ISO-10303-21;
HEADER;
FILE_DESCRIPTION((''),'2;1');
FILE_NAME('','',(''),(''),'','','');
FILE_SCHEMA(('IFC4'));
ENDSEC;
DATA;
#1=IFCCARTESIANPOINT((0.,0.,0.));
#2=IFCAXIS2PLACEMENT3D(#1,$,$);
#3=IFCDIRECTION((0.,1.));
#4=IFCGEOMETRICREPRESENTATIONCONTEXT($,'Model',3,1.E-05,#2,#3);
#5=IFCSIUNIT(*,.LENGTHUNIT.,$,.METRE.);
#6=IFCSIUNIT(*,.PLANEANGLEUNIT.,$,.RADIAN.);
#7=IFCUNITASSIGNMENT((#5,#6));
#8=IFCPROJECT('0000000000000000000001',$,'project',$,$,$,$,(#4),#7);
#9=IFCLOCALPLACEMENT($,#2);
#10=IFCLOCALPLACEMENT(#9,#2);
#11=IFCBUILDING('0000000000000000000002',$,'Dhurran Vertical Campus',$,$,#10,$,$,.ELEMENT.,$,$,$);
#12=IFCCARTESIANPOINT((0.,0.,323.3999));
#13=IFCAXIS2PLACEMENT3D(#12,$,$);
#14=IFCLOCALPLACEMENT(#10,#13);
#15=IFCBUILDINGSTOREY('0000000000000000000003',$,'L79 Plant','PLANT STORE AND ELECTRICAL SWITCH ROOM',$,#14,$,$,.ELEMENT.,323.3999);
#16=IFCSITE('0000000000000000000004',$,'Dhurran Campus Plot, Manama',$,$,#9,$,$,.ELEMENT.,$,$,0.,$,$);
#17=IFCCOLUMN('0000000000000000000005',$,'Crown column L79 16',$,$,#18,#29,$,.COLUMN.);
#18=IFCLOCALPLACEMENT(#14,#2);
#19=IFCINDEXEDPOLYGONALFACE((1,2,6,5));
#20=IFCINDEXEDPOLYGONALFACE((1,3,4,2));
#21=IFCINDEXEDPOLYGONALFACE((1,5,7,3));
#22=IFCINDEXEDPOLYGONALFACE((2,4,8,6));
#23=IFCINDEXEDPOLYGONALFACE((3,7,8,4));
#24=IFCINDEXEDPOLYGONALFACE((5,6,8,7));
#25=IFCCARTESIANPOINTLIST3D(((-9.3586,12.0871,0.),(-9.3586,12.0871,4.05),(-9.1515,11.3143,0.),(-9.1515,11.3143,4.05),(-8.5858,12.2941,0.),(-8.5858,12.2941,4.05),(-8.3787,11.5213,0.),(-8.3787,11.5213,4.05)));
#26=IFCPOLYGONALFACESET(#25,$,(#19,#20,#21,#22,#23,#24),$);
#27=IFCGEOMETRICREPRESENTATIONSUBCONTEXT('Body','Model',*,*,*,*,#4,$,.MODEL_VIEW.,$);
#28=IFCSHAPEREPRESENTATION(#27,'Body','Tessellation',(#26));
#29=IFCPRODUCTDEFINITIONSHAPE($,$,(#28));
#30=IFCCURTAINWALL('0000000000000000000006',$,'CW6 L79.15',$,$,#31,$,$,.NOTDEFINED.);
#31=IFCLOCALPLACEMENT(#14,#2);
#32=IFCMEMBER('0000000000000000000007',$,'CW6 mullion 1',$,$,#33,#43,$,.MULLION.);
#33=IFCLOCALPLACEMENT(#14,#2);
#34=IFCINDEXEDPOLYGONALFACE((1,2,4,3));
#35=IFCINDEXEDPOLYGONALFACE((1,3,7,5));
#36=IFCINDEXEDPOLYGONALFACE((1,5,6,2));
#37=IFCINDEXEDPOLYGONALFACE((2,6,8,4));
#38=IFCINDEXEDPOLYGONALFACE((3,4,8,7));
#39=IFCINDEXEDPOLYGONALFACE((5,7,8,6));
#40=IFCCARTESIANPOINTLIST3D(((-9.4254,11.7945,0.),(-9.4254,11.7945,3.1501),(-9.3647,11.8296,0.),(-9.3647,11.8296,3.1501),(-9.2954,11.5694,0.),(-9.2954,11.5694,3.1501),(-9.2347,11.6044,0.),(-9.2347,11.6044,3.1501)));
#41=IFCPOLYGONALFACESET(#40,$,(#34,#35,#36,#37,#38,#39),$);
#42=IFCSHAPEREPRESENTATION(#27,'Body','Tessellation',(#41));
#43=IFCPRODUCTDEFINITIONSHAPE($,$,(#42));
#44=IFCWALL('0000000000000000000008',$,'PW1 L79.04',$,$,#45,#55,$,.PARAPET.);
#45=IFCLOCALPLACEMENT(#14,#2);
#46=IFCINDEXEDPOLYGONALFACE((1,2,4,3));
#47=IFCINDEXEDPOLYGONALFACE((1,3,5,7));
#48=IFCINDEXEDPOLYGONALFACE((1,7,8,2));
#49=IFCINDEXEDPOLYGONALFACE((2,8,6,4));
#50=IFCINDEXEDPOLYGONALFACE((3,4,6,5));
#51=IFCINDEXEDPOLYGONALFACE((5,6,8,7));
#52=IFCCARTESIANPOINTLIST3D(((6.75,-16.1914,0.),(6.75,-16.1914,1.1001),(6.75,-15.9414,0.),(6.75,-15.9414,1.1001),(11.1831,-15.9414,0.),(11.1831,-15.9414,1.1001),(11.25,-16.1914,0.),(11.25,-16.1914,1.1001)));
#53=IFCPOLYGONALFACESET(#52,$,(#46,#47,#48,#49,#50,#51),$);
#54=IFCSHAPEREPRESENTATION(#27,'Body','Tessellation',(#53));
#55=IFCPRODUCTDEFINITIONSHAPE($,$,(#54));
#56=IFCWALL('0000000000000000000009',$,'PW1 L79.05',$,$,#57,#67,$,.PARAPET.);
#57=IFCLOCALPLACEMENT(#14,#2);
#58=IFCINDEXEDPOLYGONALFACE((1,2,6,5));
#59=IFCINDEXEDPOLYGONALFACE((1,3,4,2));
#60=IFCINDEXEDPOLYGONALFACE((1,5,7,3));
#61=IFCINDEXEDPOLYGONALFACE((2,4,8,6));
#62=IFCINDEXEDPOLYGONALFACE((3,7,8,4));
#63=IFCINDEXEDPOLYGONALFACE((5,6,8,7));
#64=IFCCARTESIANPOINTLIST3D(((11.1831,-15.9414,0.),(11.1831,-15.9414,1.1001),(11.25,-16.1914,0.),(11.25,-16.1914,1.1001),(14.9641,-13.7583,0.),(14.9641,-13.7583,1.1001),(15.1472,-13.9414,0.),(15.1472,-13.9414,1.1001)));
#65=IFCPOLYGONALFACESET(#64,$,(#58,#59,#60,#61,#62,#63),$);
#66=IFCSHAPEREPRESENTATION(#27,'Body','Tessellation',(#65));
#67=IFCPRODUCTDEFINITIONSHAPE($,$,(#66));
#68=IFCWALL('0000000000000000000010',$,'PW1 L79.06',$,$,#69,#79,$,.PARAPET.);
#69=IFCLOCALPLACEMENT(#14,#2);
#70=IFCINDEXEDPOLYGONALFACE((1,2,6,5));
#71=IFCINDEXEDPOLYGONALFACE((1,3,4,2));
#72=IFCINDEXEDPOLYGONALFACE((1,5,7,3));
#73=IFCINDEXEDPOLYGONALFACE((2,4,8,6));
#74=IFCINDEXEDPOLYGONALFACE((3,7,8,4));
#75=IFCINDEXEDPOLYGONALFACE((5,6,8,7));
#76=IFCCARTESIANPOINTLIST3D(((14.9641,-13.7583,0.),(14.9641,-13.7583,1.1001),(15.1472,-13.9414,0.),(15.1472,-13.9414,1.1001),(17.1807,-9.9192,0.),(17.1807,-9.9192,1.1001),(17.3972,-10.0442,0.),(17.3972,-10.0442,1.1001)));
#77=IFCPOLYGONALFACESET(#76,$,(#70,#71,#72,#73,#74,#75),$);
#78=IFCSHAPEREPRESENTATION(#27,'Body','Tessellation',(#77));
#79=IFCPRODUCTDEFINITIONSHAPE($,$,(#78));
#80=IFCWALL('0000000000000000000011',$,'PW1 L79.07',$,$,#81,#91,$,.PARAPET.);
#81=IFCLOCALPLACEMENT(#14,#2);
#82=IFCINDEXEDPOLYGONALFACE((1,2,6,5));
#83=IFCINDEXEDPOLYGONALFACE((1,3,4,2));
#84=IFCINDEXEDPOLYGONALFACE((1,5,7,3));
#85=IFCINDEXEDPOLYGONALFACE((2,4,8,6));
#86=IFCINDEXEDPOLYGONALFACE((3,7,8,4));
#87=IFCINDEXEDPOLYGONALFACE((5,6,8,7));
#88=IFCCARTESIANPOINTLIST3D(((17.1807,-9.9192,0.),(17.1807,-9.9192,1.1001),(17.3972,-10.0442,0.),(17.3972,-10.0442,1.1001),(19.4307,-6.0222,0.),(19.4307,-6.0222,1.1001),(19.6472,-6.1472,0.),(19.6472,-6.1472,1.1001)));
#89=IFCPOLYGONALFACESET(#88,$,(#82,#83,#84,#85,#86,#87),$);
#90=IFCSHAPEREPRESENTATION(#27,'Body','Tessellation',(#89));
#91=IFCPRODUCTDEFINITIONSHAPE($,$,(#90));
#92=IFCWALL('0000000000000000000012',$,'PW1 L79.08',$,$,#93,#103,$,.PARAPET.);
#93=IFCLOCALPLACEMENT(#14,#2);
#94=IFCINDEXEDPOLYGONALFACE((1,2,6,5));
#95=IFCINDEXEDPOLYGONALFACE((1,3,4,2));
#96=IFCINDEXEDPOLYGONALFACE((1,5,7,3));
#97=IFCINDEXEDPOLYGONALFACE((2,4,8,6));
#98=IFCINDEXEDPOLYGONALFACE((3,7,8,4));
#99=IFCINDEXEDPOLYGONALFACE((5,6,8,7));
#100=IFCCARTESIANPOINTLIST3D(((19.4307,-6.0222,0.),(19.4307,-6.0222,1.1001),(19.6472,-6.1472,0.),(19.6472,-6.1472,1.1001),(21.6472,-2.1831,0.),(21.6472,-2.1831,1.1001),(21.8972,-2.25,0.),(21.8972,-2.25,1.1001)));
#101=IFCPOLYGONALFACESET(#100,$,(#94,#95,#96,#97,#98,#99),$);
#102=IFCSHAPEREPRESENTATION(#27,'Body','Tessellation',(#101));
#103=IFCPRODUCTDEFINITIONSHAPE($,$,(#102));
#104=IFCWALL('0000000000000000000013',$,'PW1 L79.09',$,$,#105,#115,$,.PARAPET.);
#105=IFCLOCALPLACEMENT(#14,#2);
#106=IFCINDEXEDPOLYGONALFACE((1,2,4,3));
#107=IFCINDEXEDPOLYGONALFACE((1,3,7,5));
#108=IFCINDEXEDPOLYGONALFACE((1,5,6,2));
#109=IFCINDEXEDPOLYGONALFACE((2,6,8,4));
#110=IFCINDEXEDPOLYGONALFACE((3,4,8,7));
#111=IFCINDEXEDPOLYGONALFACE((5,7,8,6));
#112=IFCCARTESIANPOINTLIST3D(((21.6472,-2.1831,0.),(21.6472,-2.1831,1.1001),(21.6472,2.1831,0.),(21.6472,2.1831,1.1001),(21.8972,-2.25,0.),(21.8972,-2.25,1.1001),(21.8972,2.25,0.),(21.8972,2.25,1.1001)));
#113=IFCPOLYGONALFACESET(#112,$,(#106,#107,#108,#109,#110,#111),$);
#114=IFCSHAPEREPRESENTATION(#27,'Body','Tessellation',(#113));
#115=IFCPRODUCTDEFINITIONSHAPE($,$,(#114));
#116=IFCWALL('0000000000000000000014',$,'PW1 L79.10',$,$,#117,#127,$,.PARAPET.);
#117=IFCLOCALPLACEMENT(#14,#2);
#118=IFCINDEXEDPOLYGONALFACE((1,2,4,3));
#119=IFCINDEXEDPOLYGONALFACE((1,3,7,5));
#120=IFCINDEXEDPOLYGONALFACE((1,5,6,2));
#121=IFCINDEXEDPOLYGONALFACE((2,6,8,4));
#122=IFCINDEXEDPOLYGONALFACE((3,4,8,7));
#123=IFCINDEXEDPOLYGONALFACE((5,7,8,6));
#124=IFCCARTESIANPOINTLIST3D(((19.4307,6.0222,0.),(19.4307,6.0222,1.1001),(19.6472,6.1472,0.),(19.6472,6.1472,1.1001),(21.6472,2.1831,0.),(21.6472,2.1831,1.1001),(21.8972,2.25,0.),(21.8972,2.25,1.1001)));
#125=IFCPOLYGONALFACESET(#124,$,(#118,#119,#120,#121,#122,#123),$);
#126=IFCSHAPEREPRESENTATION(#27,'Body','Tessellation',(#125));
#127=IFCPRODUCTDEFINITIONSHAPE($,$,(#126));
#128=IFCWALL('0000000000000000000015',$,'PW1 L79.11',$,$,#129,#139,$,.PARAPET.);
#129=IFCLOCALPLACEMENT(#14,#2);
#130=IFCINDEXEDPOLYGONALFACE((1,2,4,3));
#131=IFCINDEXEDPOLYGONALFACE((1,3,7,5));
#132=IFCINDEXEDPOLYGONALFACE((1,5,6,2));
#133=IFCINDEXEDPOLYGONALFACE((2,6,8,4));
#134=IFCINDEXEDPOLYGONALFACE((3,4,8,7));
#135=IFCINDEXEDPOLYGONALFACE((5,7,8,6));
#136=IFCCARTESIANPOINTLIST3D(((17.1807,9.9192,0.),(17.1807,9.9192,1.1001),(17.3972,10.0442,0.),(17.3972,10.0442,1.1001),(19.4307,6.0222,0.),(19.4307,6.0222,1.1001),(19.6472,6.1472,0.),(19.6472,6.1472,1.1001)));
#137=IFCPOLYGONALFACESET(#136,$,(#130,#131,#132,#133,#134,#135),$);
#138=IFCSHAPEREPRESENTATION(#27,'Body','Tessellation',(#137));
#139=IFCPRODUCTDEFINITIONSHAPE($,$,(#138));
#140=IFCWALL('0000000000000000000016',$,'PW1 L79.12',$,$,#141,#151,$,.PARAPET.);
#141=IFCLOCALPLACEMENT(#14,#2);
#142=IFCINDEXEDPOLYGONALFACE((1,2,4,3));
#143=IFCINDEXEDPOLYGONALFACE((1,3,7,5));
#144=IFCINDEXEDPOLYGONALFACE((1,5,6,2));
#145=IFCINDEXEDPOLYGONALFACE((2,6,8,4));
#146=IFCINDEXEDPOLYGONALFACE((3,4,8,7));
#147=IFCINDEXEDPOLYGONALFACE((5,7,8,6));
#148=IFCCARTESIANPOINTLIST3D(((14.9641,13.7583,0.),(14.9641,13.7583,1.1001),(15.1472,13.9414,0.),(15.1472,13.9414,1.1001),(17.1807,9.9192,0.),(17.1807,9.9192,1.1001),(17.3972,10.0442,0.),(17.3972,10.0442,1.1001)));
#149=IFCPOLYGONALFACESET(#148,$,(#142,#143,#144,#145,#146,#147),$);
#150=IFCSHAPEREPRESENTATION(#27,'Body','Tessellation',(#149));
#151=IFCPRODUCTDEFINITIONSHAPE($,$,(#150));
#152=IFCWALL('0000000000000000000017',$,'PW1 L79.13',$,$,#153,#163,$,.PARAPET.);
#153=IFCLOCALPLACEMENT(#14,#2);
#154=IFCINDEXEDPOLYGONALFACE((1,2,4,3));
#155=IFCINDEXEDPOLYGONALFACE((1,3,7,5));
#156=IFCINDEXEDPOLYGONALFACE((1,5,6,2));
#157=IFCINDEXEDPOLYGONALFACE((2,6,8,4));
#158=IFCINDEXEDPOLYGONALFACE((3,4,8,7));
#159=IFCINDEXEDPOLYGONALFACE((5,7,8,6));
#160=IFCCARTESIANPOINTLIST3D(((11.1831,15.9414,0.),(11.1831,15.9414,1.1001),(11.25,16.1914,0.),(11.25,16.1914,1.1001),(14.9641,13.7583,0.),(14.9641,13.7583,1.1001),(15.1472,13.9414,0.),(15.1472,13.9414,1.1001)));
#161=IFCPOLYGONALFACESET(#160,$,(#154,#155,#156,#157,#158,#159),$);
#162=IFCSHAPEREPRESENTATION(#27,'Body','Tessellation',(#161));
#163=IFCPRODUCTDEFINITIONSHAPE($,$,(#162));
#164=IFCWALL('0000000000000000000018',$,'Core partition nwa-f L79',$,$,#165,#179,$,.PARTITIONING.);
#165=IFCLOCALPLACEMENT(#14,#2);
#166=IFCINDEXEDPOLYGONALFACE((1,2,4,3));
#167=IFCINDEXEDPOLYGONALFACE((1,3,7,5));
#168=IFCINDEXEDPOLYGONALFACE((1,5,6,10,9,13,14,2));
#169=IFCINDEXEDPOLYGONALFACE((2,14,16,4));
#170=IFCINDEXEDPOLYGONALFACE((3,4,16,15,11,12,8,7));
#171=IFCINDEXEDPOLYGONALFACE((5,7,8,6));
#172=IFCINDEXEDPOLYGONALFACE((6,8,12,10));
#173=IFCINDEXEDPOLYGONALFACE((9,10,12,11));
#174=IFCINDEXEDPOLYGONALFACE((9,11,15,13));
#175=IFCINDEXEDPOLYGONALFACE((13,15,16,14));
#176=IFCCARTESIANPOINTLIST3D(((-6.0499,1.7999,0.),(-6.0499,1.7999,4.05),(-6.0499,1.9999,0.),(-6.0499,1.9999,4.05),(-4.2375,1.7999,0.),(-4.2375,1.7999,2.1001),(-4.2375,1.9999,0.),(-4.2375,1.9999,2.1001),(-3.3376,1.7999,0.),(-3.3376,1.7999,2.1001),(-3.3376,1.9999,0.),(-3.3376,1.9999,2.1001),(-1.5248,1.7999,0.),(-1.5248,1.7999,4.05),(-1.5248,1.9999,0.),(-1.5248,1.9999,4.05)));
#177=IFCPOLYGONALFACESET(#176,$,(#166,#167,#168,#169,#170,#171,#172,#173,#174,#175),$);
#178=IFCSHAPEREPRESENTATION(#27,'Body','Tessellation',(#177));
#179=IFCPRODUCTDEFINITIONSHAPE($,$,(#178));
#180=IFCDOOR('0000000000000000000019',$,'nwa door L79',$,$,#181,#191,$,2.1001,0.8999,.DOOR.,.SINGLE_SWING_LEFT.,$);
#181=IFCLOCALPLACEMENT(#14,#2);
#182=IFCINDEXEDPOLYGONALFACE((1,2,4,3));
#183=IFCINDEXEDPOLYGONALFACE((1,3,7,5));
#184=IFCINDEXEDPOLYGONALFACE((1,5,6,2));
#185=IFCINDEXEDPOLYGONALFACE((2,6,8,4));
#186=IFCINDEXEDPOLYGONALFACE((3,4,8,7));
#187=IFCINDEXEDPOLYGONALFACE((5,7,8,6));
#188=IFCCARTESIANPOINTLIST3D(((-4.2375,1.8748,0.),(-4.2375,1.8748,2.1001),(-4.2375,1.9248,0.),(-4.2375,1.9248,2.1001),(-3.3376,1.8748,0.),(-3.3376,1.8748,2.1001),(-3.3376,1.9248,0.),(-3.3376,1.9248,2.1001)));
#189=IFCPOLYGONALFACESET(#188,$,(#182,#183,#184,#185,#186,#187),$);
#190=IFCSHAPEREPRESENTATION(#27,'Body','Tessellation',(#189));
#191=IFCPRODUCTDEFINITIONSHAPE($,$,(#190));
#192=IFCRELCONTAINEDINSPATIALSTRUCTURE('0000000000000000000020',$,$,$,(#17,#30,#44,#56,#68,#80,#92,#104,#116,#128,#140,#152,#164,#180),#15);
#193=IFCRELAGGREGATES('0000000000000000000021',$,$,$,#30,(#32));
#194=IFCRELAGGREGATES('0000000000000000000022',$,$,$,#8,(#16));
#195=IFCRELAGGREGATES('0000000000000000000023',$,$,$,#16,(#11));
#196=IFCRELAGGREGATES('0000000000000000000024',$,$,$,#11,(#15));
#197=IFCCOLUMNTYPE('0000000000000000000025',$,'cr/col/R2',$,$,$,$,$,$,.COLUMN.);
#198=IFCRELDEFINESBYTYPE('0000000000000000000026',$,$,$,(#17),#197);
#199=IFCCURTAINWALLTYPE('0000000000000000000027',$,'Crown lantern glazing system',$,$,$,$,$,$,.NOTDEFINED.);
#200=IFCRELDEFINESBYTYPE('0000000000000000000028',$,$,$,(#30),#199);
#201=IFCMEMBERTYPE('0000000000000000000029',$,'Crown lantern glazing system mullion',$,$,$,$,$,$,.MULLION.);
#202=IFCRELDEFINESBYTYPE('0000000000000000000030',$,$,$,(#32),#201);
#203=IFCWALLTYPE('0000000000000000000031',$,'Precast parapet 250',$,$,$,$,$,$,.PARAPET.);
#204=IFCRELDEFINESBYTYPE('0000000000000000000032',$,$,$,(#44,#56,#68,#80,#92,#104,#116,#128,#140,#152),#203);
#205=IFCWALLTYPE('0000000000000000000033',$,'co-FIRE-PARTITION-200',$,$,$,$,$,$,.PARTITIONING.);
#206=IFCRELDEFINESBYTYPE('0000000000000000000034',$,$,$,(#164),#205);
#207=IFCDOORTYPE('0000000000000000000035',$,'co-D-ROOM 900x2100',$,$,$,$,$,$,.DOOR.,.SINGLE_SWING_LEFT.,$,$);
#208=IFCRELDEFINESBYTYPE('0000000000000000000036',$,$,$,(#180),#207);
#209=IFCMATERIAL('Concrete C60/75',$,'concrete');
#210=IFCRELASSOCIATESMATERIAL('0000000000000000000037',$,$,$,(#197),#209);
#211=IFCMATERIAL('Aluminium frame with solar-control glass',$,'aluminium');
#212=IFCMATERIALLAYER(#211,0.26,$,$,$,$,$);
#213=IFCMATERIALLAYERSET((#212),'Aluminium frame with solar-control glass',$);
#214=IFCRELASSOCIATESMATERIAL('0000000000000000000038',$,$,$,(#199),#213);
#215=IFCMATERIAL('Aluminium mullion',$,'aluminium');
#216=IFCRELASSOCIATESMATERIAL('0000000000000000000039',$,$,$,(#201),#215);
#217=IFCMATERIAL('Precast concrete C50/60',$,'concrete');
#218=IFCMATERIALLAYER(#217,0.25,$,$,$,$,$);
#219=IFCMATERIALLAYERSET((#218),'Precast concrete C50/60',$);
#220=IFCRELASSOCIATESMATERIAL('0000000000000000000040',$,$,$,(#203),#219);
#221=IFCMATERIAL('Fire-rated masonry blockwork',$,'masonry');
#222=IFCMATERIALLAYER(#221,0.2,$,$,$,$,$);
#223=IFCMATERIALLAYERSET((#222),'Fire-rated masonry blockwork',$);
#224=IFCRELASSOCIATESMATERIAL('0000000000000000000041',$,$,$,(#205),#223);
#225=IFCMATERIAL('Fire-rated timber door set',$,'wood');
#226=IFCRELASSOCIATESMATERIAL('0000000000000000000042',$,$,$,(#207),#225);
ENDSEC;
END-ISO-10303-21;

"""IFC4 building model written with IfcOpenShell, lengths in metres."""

from ifc_helpers import new_model, si_unit, direction, frame, frame_2d, origin, origin_2d, place, context, subcontext, project, spatial, polyline, rectangle, outline, extrude, material, layer, layer_set, material_profile, profile_set, type_object, element, fill, aggregate, save


model = new_model("IFC4")

# Units and contexts
model_context = context("Model", 3, precision=1e-05, world=origin(), true_north=direction((0.0, 1.0)))
body_context = subcontext(model_context, "Body", "Model", "MODEL_VIEW")
ifc_project = project(units=[si_unit("LENGTHUNIT", "METRE"), si_unit("PLANEANGLEUNIT", "RADIAN")], contexts=[model_context])

# Site, building, storey
site_placement = place(None, origin())
site = spatial("IfcSite", under=ifc_project, at=site_placement, Name="Dhurran Campus Plot, Manama", CompositionType="ELEMENT", RefElevation=0.0)
building_placement = place(site_placement, origin())
building = spatial("IfcBuilding", under=site, at=building_placement, Name="Dhurran Vertical Campus", CompositionType="ELEMENT")
storey_placement = place(building_placement, frame((0.0, 0.0, 323.3999)))
storey = spatial("IfcBuildingStorey", under=building, at=storey_placement, Name="L79 Plant", Description="PLANT STORE AND ELECTRICAL SWITCH ROOM", CompositionType="ELEMENT", Elevation=323.3999)

# Column
ifc_material_1 = material(Name="Concrete C60/75", Category="concrete")
ifc_material_profile_1 = material_profile(ifc_material_1, rectangle(XDim=0.8, YDim=0.8, at=origin_2d()), Name="cr/col/R2")
ifc_profile_set_1 = profile_set([ifc_material_profile_1], Name="Concrete C60/75")
column_type = type_object("IfcColumnType", Name="cr/col/R2", PredefinedType="COLUMN", material=ifc_profile_set_1)
column_placement = place(storey_placement, frame((-8.8687, 11.8042, 0.0), z_axis=(0.0, 0.0, 1.0), x_axis=(-0.965926, -0.258819, 0.0)))
element("IfcColumn", 1, at=column_placement, inside=storey, type_object=column_type, Name="Crown column L79 16", PredefinedType="COLUMN", context=body_context, shape_type="SweptSolid", body=[
    extrude(rectangle(XDim=0.8, YDim=0.8, at=origin_2d()), origin(), (0.0, 0.0, 1.0), 4.05),
])

# Curtain wall, member
ifc_material_2 = material(Name="Aluminium frame with solar-control glass", Category="aluminium")
ifc_layer_1 = layer(ifc_material_2, 0.26)
ifc_layer_set_1 = layer_set([ifc_layer_1], Name="Aluminium frame with solar-control glass")
curtain_wall_type = type_object("IfcCurtainWallType", Name="Crown lantern glazing system", PredefinedType="NOTDEFINED", material=ifc_layer_set_1)
curtain_wall_placement = place(storey_placement, origin())
curtain_wall = element("IfcCurtainWall", 2, at=curtain_wall_placement, inside=storey, type_object=curtain_wall_type, Name="CW6 L79.15", PredefinedType="NOTDEFINED")
ifc_material_3 = material(Name="Aluminium mullion", Category="aluminium")
ifc_material_profile_2 = material_profile(ifc_material_3, rectangle(XDim=0.26, YDim=0.0701, at=origin_2d()), Name="Crown lantern glazing system mullion")
ifc_profile_set_2 = profile_set([ifc_material_profile_2], Name="Aluminium mullion")
member_type = type_object("IfcMemberType", Name="Crown lantern glazing system mullion", PredefinedType="MULLION", material=ifc_profile_set_2)
member_placement = place(storey_placement, frame((-9.3301, 11.6995, 0.0), z_axis=(0.0, 0.0, 1.0), x_axis=(0.499991, -0.86603, 0.0)))
member = element("IfcMember", 3, at=member_placement, type_object=member_type, Name="CW6 mullion 1", PredefinedType="MULLION", context=body_context, shape_type="SweptSolid", body=[
    extrude(rectangle(XDim=0.26, YDim=0.0701, at=origin_2d()), origin(), (0.0, 0.0, 1.0), 3.1501),
])
aggregate(curtain_wall, [member])

# Walls
ifc_material_4 = material(Name="Precast concrete C50/60", Category="concrete")
ifc_layer_2 = layer(ifc_material_4, 0.25)
ifc_layer_set_2 = layer_set([ifc_layer_2], Name="Precast concrete C50/60")
wall_type_1 = type_object("IfcWallType", Name="Precast parapet 250", PredefinedType="PARAPET", material=ifc_layer_set_2)
wall_1_placement = place(storey_placement, origin())
element("IfcWall", 4, at=wall_1_placement, inside=storey, type_object=wall_type_1, Name="PW1 L79.04", PredefinedType="PARAPET", context=body_context, shape_type="SweptSolid", body=[
    extrude(outline(polyline([(6.75, -16.1914), (11.25, -16.1914), (11.1831, -15.9414), (6.75, -15.9414), (6.75, -16.1914)])), origin(), (0.0, 0.0, 1.0), 1.1001),
])
wall_2_placement = place(storey_placement, origin())
element("IfcWall", 5, at=wall_2_placement, inside=storey, type_object=wall_type_1, Name="PW1 L79.05", PredefinedType="PARAPET", context=body_context, shape_type="SweptSolid", body=[
    extrude(outline(polyline([(11.25, -16.1914), (15.1472, -13.9414), (14.9641, -13.7583), (11.1831, -15.9414), (11.25, -16.1914)])), origin(), (0.0, 0.0, 1.0), 1.1001),
])
wall_3_placement = place(storey_placement, origin())
element("IfcWall", 6, at=wall_3_placement, inside=storey, type_object=wall_type_1, Name="PW1 L79.06", PredefinedType="PARAPET", context=body_context, shape_type="SweptSolid", body=[
    extrude(outline(polyline([(15.1472, -13.9414), (17.3972, -10.0442), (17.1807, -9.9192), (14.9641, -13.7583), (15.1472, -13.9414)])), origin(), (0.0, 0.0, 1.0), 1.1001),
])
wall_4_placement = place(storey_placement, origin())
element("IfcWall", 7, at=wall_4_placement, inside=storey, type_object=wall_type_1, Name="PW1 L79.07", PredefinedType="PARAPET", context=body_context, shape_type="SweptSolid", body=[
    extrude(outline(polyline([(17.3972, -10.0442), (19.6472, -6.1472), (19.4307, -6.0222), (17.1807, -9.9192), (17.3972, -10.0442)])), origin(), (0.0, 0.0, 1.0), 1.1001),
])
wall_5_placement = place(storey_placement, origin())
element("IfcWall", 8, at=wall_5_placement, inside=storey, type_object=wall_type_1, Name="PW1 L79.08", PredefinedType="PARAPET", context=body_context, shape_type="SweptSolid", body=[
    extrude(outline(polyline([(19.6472, -6.1472), (21.8972, -2.25), (21.6472, -2.1831), (19.4307, -6.0222), (19.6472, -6.1472)])), origin(), (0.0, 0.0, 1.0), 1.1001),
])
wall_6_placement = place(storey_placement, origin())
element("IfcWall", 9, at=wall_6_placement, inside=storey, type_object=wall_type_1, Name="PW1 L79.09", PredefinedType="PARAPET", context=body_context, shape_type="SweptSolid", body=[
    extrude(outline(polyline([(21.8972, -2.25), (21.8972, 2.25), (21.6472, 2.1831), (21.6472, -2.1831), (21.8972, -2.25)])), origin(), (0.0, 0.0, 1.0), 1.1001),
])
wall_7_placement = place(storey_placement, origin())
element("IfcWall", 10, at=wall_7_placement, inside=storey, type_object=wall_type_1, Name="PW1 L79.10", PredefinedType="PARAPET", context=body_context, shape_type="SweptSolid", body=[
    extrude(outline(polyline([(21.8972, 2.25), (19.6472, 6.1472), (19.4307, 6.0222), (21.6472, 2.1831), (21.8972, 2.25)])), origin(), (0.0, 0.0, 1.0), 1.1001),
])
wall_8_placement = place(storey_placement, origin())
element("IfcWall", 11, at=wall_8_placement, inside=storey, type_object=wall_type_1, Name="PW1 L79.11", PredefinedType="PARAPET", context=body_context, shape_type="SweptSolid", body=[
    extrude(outline(polyline([(19.6472, 6.1472), (17.3972, 10.0442), (17.1807, 9.9192), (19.4307, 6.0222), (19.6472, 6.1472)])), origin(), (0.0, 0.0, 1.0), 1.1001),
])
wall_9_placement = place(storey_placement, origin())
element("IfcWall", 12, at=wall_9_placement, inside=storey, type_object=wall_type_1, Name="PW1 L79.12", PredefinedType="PARAPET", context=body_context, shape_type="SweptSolid", body=[
    extrude(outline(polyline([(17.3972, 10.0442), (15.1472, 13.9414), (14.9641, 13.7583), (17.1807, 9.9192), (17.3972, 10.0442)])), origin(), (0.0, 0.0, 1.0), 1.1001),
])
wall_10_placement = place(storey_placement, origin())
element("IfcWall", 13, at=wall_10_placement, inside=storey, type_object=wall_type_1, Name="PW1 L79.13", PredefinedType="PARAPET", context=body_context, shape_type="SweptSolid", body=[
    extrude(outline(polyline([(15.1472, 13.9414), (11.25, 16.1914), (11.1831, 15.9414), (14.9641, 13.7583), (15.1472, 13.9414)])), origin(), (0.0, 0.0, 1.0), 1.1001),
])

# Wall, opening, door
ifc_material_5 = material(Name="Fire-rated masonry blockwork", Category="masonry")
ifc_layer_3 = layer(ifc_material_5, 0.2)
ifc_layer_set_3 = layer_set([ifc_layer_3], Name="Fire-rated masonry blockwork")
wall_type_2 = type_object("IfcWallType", Name="co-FIRE-PARTITION-200", PredefinedType="PARTITIONING", material=ifc_layer_set_3)
wall_11_placement = place(storey_placement, frame((-6.05, 1.8999, 0.0), z_axis=(0.0, 0.0, 1.0), x_axis=(1.0, 0.0, 0.0)))
wall_11 = element("IfcWall", 14, at=wall_11_placement, inside=storey, type_object=wall_type_2, Name="Core partition nwa-f L79", PredefinedType="PARTITIONING", context=body_context, shape_type="SweptSolid", body=[
    extrude(rectangle(XDim=4.5251, YDim=0.2, at=frame_2d((2.2627, 0.0))), origin(), (0.0, 0.0, 1.0), 4.05),
])
opening_1_placement = place(wall_11_placement, frame((1.8125, 0.0, 0.0)))
opening_1 = element("IfcOpeningElement", 15, at=opening_1_placement, cuts=wall_11, PredefinedType="OPENING", context=body_context, shape_type="SweptSolid", body=[
    extrude(rectangle(XDim=0.8999, YDim=2.1001, at=frame_2d((0.45, 1.05))), frame((0.0, 0.1099, 0.0), z_axis=(0.0, -1.0, 0.0), x_axis=(1.0, 0.0, 0.0)), (0.0, 0.0, 1.0), 0.22),
])
ifc_material_6 = material(Name="Fire-rated timber door set", Category="wood")
door_type_1 = type_object("IfcDoorType", Name="co-D-ROOM 900x2100", OperationType="SINGLE_SWING_LEFT", PredefinedType="DOOR", material=ifc_material_6)
door_1_placement = place(opening_1_placement, origin())
door_1 = element("IfcDoor", 16, at=door_1_placement, inside=storey, type_object=door_type_1, Name="nwa door L79", OperationType="SINGLE_SWING_LEFT", OverallHeight=2.1001, OverallWidth=0.8999, PredefinedType="DOOR", context=body_context, shape_type="SweptSolid", body=[
    extrude(rectangle(XDim=0.8999, YDim=2.1001, at=frame_2d((0.45, 1.05))), frame((0.0, 0.0249, 0.0), z_axis=(0.0, -1.0, 0.0), x_axis=(1.0, 0.0, 0.0)), (0.0, 0.0, 1.0), 0.05),
])
fill(opening_1, door_1)

save(model, "model.ifc")
